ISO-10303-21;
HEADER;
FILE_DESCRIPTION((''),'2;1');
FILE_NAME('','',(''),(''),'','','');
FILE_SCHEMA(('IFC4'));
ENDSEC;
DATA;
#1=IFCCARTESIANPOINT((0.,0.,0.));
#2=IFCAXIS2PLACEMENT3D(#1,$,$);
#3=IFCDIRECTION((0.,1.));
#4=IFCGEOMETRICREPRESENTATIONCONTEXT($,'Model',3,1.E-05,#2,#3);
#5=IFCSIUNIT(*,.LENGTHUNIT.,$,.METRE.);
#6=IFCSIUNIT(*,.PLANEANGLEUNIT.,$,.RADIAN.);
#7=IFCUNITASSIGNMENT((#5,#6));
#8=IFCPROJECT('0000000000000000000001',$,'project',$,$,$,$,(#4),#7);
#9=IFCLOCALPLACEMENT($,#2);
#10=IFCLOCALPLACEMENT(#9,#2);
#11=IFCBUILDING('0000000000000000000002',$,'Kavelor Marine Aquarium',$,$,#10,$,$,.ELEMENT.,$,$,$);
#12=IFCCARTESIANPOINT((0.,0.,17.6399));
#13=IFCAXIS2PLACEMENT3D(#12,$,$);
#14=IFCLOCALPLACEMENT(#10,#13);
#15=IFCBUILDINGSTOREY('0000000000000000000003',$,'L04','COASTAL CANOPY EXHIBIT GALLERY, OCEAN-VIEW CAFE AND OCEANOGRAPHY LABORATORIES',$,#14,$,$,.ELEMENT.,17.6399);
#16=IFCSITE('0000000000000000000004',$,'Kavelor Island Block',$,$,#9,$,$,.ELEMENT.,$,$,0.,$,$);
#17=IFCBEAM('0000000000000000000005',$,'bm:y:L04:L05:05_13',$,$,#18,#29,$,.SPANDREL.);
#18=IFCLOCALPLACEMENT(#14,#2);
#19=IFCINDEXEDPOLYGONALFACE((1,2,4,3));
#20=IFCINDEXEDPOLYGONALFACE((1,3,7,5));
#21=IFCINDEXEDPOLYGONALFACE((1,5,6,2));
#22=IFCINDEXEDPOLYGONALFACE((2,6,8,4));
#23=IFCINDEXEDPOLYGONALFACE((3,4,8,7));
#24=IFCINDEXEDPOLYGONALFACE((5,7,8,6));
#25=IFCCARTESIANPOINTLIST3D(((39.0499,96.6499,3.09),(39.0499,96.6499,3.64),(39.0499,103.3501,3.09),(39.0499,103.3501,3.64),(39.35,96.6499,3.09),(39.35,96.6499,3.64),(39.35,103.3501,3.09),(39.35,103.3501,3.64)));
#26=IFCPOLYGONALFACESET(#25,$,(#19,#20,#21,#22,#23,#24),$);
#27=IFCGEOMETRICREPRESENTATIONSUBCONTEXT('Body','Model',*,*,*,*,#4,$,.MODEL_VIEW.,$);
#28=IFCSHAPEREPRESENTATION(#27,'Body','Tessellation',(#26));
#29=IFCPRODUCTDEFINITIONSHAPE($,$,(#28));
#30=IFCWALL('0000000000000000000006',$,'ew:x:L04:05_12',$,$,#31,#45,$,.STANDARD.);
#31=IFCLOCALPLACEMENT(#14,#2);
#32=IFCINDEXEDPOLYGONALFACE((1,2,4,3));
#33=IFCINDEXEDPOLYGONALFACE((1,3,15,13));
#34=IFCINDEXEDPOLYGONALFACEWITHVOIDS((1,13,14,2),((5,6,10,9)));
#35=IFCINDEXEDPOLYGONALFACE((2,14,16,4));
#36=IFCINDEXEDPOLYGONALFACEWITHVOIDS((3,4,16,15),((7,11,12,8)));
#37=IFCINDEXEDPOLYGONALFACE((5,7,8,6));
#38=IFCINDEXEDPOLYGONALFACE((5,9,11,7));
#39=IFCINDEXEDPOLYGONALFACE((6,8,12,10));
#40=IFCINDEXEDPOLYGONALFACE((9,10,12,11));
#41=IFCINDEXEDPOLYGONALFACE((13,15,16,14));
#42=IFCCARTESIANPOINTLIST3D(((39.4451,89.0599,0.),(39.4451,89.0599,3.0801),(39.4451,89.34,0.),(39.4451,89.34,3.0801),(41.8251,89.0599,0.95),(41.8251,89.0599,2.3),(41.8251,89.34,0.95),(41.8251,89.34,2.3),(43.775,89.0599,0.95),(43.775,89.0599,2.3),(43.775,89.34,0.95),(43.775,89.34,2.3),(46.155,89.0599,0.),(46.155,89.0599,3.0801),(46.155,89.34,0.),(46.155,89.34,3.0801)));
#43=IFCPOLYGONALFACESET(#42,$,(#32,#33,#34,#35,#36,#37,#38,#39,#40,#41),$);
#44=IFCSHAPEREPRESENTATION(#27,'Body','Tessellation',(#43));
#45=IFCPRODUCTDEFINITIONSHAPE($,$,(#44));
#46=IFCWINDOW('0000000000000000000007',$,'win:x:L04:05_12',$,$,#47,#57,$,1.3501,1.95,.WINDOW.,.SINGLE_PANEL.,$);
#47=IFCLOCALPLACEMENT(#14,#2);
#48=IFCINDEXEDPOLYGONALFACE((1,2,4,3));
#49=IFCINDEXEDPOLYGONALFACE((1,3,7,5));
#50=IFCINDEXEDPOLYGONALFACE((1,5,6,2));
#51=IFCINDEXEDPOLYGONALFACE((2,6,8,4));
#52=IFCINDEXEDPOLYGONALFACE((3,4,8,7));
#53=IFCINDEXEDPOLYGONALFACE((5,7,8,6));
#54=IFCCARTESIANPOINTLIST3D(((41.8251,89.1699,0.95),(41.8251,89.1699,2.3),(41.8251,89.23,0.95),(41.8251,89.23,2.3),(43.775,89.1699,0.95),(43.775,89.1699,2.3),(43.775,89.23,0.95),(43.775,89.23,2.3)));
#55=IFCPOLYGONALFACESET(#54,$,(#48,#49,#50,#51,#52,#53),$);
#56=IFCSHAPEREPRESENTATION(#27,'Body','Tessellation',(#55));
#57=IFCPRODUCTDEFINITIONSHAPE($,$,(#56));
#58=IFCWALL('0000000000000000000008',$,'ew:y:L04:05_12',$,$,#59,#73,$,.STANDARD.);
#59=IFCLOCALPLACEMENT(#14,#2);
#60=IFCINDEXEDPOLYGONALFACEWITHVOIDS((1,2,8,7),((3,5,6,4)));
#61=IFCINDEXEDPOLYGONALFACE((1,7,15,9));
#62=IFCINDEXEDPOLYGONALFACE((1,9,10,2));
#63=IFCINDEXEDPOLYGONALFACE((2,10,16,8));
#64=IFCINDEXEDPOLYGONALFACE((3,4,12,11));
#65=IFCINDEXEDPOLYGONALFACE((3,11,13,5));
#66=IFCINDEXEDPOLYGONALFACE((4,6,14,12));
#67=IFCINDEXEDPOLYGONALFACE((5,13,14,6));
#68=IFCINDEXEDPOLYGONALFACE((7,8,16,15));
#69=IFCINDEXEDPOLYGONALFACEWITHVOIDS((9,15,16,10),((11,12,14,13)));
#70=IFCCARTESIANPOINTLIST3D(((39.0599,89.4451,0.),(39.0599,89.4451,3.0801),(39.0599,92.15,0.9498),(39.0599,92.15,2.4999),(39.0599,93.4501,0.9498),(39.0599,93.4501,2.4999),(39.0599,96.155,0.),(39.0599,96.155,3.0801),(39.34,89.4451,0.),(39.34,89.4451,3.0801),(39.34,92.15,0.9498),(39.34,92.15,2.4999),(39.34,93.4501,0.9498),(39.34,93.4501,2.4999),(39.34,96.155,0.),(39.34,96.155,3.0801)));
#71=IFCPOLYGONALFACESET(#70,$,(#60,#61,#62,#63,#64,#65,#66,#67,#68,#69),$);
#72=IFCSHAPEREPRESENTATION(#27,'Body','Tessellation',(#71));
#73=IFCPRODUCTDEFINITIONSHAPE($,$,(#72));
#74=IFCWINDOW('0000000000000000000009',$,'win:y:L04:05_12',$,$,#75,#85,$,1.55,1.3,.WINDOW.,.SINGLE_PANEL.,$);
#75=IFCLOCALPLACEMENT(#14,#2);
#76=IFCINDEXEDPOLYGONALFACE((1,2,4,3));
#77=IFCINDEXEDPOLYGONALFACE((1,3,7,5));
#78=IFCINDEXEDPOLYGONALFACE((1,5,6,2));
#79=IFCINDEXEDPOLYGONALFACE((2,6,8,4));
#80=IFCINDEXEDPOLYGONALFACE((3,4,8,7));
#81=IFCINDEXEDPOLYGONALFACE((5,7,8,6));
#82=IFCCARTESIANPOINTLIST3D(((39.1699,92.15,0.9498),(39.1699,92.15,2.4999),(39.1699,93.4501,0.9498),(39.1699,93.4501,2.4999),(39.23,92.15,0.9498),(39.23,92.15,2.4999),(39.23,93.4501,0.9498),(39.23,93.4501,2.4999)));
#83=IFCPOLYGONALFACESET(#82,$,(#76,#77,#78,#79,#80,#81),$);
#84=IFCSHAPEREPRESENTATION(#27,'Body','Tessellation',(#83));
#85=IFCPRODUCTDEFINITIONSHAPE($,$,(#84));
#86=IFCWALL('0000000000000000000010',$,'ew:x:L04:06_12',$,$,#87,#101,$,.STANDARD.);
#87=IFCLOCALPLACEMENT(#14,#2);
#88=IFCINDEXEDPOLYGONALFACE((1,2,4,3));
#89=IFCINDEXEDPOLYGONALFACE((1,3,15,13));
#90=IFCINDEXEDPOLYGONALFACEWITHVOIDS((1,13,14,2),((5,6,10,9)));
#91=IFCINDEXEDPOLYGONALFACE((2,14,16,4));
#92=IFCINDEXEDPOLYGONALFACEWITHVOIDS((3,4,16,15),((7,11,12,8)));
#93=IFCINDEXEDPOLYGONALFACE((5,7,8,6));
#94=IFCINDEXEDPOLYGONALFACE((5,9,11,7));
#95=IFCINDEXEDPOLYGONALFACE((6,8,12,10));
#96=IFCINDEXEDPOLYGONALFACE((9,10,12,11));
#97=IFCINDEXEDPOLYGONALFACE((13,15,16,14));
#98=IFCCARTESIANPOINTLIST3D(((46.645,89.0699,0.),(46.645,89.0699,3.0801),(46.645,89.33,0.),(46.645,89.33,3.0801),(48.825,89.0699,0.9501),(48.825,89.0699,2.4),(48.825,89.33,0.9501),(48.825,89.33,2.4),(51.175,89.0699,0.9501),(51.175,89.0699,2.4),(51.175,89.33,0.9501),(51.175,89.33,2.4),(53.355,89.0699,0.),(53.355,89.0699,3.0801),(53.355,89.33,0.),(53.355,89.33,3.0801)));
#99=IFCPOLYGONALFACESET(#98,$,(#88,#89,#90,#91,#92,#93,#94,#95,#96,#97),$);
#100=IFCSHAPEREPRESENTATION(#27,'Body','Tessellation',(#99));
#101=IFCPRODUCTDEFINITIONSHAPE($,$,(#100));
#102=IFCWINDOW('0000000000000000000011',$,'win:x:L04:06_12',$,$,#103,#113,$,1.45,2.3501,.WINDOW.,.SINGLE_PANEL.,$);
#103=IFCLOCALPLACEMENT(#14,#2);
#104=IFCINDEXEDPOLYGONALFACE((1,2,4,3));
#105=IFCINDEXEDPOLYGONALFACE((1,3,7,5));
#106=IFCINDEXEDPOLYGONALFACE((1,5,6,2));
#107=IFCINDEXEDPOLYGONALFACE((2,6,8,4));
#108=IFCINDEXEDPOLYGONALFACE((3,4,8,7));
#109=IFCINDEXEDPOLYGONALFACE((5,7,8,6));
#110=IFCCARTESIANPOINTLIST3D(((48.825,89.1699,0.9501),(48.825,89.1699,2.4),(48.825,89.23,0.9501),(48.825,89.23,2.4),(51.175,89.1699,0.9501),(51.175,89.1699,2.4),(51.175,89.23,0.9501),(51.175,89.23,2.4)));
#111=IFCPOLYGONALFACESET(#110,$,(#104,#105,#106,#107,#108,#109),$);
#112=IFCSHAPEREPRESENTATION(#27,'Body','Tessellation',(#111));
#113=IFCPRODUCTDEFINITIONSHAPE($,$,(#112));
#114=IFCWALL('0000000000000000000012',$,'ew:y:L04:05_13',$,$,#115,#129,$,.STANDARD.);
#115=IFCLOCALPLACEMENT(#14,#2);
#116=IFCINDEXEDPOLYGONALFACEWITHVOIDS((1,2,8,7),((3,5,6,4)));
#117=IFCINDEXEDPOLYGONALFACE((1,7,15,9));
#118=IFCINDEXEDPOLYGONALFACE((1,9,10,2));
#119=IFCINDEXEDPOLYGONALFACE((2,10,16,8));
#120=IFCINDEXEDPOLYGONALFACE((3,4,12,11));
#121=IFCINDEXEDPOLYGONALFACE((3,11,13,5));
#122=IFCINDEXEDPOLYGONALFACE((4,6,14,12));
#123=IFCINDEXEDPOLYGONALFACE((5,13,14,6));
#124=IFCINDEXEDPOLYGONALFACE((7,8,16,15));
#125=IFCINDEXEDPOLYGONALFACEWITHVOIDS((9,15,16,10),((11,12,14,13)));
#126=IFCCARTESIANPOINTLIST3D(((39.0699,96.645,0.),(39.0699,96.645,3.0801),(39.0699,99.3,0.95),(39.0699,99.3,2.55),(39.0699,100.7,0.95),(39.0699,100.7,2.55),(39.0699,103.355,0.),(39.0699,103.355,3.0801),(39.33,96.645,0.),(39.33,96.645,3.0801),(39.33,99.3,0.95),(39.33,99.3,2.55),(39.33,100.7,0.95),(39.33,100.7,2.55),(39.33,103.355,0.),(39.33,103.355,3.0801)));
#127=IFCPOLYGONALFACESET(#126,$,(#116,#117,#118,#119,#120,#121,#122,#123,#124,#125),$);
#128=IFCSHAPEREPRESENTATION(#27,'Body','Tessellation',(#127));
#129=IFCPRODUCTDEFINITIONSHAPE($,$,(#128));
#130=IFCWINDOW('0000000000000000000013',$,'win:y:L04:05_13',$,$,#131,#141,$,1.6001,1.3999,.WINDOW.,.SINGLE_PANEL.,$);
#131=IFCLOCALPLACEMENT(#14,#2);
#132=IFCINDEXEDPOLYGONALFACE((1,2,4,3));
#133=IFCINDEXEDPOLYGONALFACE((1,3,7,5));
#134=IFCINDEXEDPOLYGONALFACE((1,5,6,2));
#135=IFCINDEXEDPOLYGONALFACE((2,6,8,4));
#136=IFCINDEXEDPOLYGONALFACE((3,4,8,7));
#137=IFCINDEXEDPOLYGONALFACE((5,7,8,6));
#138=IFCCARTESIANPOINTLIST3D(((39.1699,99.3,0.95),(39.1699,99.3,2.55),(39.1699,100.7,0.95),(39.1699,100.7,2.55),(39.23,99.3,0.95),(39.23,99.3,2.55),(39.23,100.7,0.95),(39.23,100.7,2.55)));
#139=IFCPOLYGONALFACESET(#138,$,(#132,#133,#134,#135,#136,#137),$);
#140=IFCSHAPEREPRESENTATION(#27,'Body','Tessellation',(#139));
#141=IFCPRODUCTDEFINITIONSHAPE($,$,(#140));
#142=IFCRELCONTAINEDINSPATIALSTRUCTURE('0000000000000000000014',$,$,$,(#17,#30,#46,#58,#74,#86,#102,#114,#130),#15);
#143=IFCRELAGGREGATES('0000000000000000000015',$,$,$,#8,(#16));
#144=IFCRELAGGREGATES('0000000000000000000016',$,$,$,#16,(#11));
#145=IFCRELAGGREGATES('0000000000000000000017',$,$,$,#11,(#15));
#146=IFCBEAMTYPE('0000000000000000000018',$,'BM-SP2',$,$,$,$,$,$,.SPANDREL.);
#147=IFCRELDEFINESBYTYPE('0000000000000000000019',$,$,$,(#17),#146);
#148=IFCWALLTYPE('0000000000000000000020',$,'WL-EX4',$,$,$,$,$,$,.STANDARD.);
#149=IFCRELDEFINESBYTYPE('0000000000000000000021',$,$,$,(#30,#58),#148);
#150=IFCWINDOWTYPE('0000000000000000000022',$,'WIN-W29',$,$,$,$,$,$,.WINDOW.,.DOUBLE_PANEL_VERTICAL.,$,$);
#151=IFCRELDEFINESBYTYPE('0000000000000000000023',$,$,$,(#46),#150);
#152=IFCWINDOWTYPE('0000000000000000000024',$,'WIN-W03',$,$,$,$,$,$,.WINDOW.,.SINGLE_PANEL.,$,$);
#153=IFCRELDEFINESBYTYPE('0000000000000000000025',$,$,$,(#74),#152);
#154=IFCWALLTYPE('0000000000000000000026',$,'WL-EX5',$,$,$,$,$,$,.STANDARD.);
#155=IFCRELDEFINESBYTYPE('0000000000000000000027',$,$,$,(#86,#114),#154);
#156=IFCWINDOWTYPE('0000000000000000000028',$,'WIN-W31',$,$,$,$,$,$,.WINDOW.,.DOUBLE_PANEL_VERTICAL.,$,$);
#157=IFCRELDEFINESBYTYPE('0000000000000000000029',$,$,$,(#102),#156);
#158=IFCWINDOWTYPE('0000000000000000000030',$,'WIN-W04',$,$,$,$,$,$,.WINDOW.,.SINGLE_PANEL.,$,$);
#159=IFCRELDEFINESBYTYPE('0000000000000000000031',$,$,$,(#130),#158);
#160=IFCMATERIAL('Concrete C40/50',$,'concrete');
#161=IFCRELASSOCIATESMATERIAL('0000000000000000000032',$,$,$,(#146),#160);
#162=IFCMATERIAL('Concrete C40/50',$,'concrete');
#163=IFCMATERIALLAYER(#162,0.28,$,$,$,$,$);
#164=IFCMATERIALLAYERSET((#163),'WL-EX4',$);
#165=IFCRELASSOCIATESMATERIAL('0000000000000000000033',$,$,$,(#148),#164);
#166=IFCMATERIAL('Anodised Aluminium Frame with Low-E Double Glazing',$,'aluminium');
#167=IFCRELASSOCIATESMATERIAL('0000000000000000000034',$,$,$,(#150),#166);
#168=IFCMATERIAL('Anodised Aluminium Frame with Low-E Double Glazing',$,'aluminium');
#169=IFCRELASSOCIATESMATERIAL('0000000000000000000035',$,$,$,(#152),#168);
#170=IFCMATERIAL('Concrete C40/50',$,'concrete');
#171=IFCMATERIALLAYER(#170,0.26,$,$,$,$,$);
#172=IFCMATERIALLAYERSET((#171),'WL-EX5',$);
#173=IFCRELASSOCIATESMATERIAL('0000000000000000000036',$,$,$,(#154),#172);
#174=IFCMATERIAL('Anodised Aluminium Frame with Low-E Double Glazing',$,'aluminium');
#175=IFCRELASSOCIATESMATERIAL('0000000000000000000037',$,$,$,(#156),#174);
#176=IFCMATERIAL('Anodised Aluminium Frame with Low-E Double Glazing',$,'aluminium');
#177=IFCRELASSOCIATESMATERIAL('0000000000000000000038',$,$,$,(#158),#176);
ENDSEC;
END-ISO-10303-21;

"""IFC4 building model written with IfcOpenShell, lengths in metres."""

from ifc_helpers import new_model, si_unit, direction, frame, frame_2d, origin, origin_2d, place, context, subcontext, project, spatial, rectangle, extrude, material, layer, layer_set, material_profile, profile_set, type_object, element, fill, save


model = new_model("IFC4")

# Units and contexts
model_context = context("Model", 3, precision=1e-05, world=origin(), true_north=direction((0.0, 1.0)))
body_context = subcontext(model_context, "Body", "Model", "MODEL_VIEW")
ifc_project = project(units=[si_unit("LENGTHUNIT", "METRE"), si_unit("PLANEANGLEUNIT", "RADIAN")], contexts=[model_context])

# Site, building, storey
site_placement = place(None, origin())
site = spatial("IfcSite", under=ifc_project, at=site_placement, Name="Kavelor Island Block", CompositionType="ELEMENT", RefElevation=0.0)
building_placement = place(site_placement, origin())
building = spatial("IfcBuilding", under=site, at=building_placement, Name="Kavelor Marine Aquarium", CompositionType="ELEMENT")
storey_placement = place(building_placement, frame((0.0, 0.0, 17.6399)))
storey = spatial("IfcBuildingStorey", under=building, at=storey_placement, Name="L04", Description="COASTAL CANOPY EXHIBIT GALLERY, OCEAN-VIEW CAFE AND OCEANOGRAPHY LABORATORIES", CompositionType="ELEMENT", Elevation=17.6399)

# Beam
ifc_material_1 = material(Name="Concrete C40/50", Category="concrete")
ifc_material_profile_1 = material_profile(ifc_material_1, rectangle(XDim=0.3, YDim=0.55, at=origin_2d()), Name="RC-SP 300x550")
ifc_profile_set_1 = profile_set([ifc_material_profile_1], Name="Concrete C40/50")
beam_type_1 = type_object("IfcBeamType", Name="BM-SP2", PredefinedType="SPANDREL", material=ifc_profile_set_1)
beam_1_placement = place(storey_placement, frame((39.2, 96.6499, 3.365), z_axis=(0.0, 1.0, 0.0), x_axis=(-1.0, 0.0, 0.0)))
element("IfcBeam", 1, at=beam_1_placement, inside=storey, type_object=beam_type_1, Name="bm:y:L04:L05:05_13", PredefinedType="SPANDREL", context=body_context, shape_type="SweptSolid", body=[
    extrude(rectangle(XDim=0.3, YDim=0.55, at=origin_2d()), origin(), (0.0, 0.0, 1.0), 6.7002),
])

# Walls, openings, windows
ifc_material_2 = material(Name="Concrete C40/50", Category="concrete")
ifc_layer_1 = layer(ifc_material_2, 0.28)
ifc_layer_set_1 = layer_set([ifc_layer_1], Name="WL-EX4")
wall_type_1 = type_object("IfcWallType", Name="WL-EX4", PredefinedType="STANDARD", material=ifc_layer_set_1)
wall_1_placement = place(storey_placement, frame((46.155, 89.2, 0.0), z_axis=(0.0, 0.0, 1.0), x_axis=(-1.0, 0.0, 0.0)))
wall_1 = element("IfcWall", 2, at=wall_1_placement, inside=storey, type_object=wall_type_1, Name="ew:x:L04:05_12", PredefinedType="STANDARD", context=body_context, shape_type="SweptSolid", body=[
    extrude(rectangle(XDim=6.71, YDim=0.28, at=frame_2d((3.355, 0.0))), origin(), (0.0, 0.0, 1.0), 3.0801),
])
opening_1_placement = place(wall_1_placement, frame((2.3799, 0.0, 0.95)))
opening_1 = element("IfcOpeningElement", 3, at=opening_1_placement, cuts=wall_1, PredefinedType="OPENING", context=body_context, shape_type="SweptSolid", body=[
    extrude(rectangle(XDim=1.95, YDim=1.3501, at=frame_2d((0.9751, 0.675))), frame((0.0, 0.1499, 0.0), z_axis=(0.0, -1.0, 0.0), x_axis=(1.0, 0.0, 0.0)), (0.0, 0.0, 1.0), 0.3),
])
ifc_material_3 = material(Name="Anodised Aluminium Frame with Low-E Double Glazing", Category="aluminium")
window_type_1 = type_object("IfcWindowType", Name="WIN-W29", PartitioningType="DOUBLE_PANEL_VERTICAL", PredefinedType="WINDOW", material=ifc_material_3)
window_1_placement = place(opening_1_placement, origin())
window_1 = element("IfcWindow", 4, at=window_1_placement, inside=storey, type_object=window_type_1, Name="win:x:L04:05_12", OverallHeight=1.3501, OverallWidth=1.95, PartitioningType="SINGLE_PANEL", PredefinedType="WINDOW", context=body_context, shape_type="SweptSolid", body=[
    extrude(rectangle(XDim=1.95, YDim=1.3501, at=frame_2d((0.9751, 0.675))), frame((0.0, 0.03, 0.0), z_axis=(0.0, -1.0, 0.0), x_axis=(1.0, 0.0, 0.0)), (0.0, 0.0, 1.0), 0.0601),
])
fill(opening_1, window_1)
wall_2_placement = place(storey_placement, frame((39.2, 89.4451, 0.0), z_axis=(0.0, 0.0, 1.0), x_axis=(0.0, 1.0, 0.0)))
wall_2 = element("IfcWall", 5, at=wall_2_placement, inside=storey, type_object=wall_type_1, Name="ew:y:L04:05_12", PredefinedType="STANDARD", context=body_context, shape_type="SweptSolid", body=[
    extrude(rectangle(XDim=6.71, YDim=0.28, at=frame_2d((3.355, 0.0))), origin(), (0.0, 0.0, 1.0), 3.0801),
])
opening_2_placement = place(wall_2_placement, frame((2.7051, 0.0, 0.95)))
opening_2 = element("IfcOpeningElement", 6, at=opening_2_placement, cuts=wall_2, PredefinedType="OPENING", context=body_context, shape_type="SweptSolid", body=[
    extrude(rectangle(XDim=1.3, YDim=1.55, at=frame_2d((0.6499, 0.7749))), frame((0.0, 0.1499, 0.0), z_axis=(0.0, -1.0, 0.0), x_axis=(1.0, 0.0, 0.0)), (0.0, 0.0, 1.0), 0.3),
])
ifc_material_4 = material(Name="Anodised Aluminium Frame with Low-E Double Glazing", Category="aluminium")
window_type_2 = type_object("IfcWindowType", Name="WIN-W03", PartitioningType="SINGLE_PANEL", PredefinedType="WINDOW", material=ifc_material_4)
window_2_placement = place(opening_2_placement, origin())
window_2 = element("IfcWindow", 7, at=window_2_placement, inside=storey, type_object=window_type_2, Name="win:y:L04:05_12", OverallHeight=1.55, OverallWidth=1.3, PartitioningType="SINGLE_PANEL", PredefinedType="WINDOW", context=body_context, shape_type="SweptSolid", body=[
    extrude(rectangle(XDim=1.3, YDim=1.55, at=frame_2d((0.6499, 0.7749))), frame((0.0, 0.03, 0.0), z_axis=(0.0, -1.0, 0.0), x_axis=(1.0, 0.0, 0.0)), (0.0, 0.0, 1.0), 0.0601),
])
fill(opening_2, window_2)
ifc_material_5 = material(Name="Concrete C40/50", Category="concrete")
ifc_layer_2 = layer(ifc_material_5, 0.26)
ifc_layer_set_2 = layer_set([ifc_layer_2], Name="WL-EX5")
wall_type_2 = type_object("IfcWallType", Name="WL-EX5", PredefinedType="STANDARD", material=ifc_layer_set_2)
wall_3_placement = place(storey_placement, frame((53.355, 89.2, 0.0), z_axis=(0.0, 0.0, 1.0), x_axis=(-1.0, 0.0, 0.0)))
wall_3 = element("IfcWall", 8, at=wall_3_placement, inside=storey, type_object=wall_type_2, Name="ew:x:L04:06_12", PredefinedType="STANDARD", context=body_context, shape_type="SweptSolid", body=[
    extrude(rectangle(XDim=6.71, YDim=0.26, at=frame_2d((3.355, 0.0))), origin(), (0.0, 0.0, 1.0), 3.0801),
])
opening_3_placement = place(wall_3_placement, frame((2.1799, 0.0, 0.95)))
opening_3 = element("IfcOpeningElement", 9, at=opening_3_placement, cuts=wall_3, PredefinedType="OPENING", context=body_context, shape_type="SweptSolid", body=[
    extrude(rectangle(XDim=2.3501, YDim=1.45, at=frame_2d((1.175, 0.7251))), frame((0.0, 0.1399, 0.0), z_axis=(0.0, -1.0, 0.0), x_axis=(1.0, 0.0, 0.0)), (0.0, 0.0, 1.0), 0.28),
])
ifc_material_6 = material(Name="Anodised Aluminium Frame with Low-E Double Glazing", Category="aluminium")
window_type_3 = type_object("IfcWindowType", Name="WIN-W31", PartitioningType="DOUBLE_PANEL_VERTICAL", PredefinedType="WINDOW", material=ifc_material_6)
window_3_placement = place(opening_3_placement, origin())
window_3 = element("IfcWindow", 10, at=window_3_placement, inside=storey, type_object=window_type_3, Name="win:x:L04:06_12", OverallHeight=1.45, OverallWidth=2.3501, PartitioningType="SINGLE_PANEL", PredefinedType="WINDOW", context=body_context, shape_type="SweptSolid", body=[
    extrude(rectangle(XDim=2.3501, YDim=1.45, at=frame_2d((1.175, 0.7251))), frame((0.0, 0.03, 0.0), z_axis=(0.0, -1.0, 0.0), x_axis=(1.0, 0.0, 0.0)), (0.0, 0.0, 1.0), 0.0601),
])
fill(opening_3, window_3)
wall_4_placement = place(storey_placement, frame((39.2, 96.645, 0.0), z_axis=(0.0, 0.0, 1.0), x_axis=(0.0, 1.0, 0.0)))
wall_4 = element("IfcWall", 11, at=wall_4_placement, inside=storey, type_object=wall_type_2, Name="ew:y:L04:05_13", PredefinedType="STANDARD", context=body_context, shape_type="SweptSolid", body=[
    extrude(rectangle(XDim=6.71, YDim=0.26, at=frame_2d((3.355, 0.0))), origin(), (0.0, 0.0, 1.0), 3.0801),
])
opening_4_placement = place(wall_4_placement, frame((2.655, 0.0, 0.95)))
opening_4 = element("IfcOpeningElement", 12, at=opening_4_placement, cuts=wall_4, PredefinedType="OPENING", context=body_context, shape_type="SweptSolid", body=[
    extrude(rectangle(XDim=1.3999, YDim=1.6001, at=frame_2d((0.7, 0.8))), frame((0.0, 0.1399, 0.0), z_axis=(0.0, -1.0, 0.0), x_axis=(1.0, 0.0, 0.0)), (0.0, 0.0, 1.0), 0.28),
])
ifc_material_7 = material(Name="Anodised Aluminium Frame with Low-E Double Glazing", Category="aluminium")
window_type_4 = type_object("IfcWindowType", Name="WIN-W04", PartitioningType="SINGLE_PANEL", PredefinedType="WINDOW", material=ifc_material_7)
window_4_placement = place(opening_4_placement, origin())
window_4 = element("IfcWindow", 13, at=window_4_placement, inside=storey, type_object=window_type_4, Name="win:y:L04:05_13", OverallHeight=1.6001, OverallWidth=1.3999, PartitioningType="SINGLE_PANEL", PredefinedType="WINDOW", context=body_context, shape_type="SweptSolid", body=[
    extrude(rectangle(XDim=1.3999, YDim=1.6001, at=frame_2d((0.7, 0.8))), frame((0.0, 0.03, 0.0), z_axis=(0.0, -1.0, 0.0), x_axis=(1.0, 0.0, 0.0)), (0.0, 0.0, 1.0), 0.0601),
])
fill(opening_4, window_4)

save(model, "model.ifc")
